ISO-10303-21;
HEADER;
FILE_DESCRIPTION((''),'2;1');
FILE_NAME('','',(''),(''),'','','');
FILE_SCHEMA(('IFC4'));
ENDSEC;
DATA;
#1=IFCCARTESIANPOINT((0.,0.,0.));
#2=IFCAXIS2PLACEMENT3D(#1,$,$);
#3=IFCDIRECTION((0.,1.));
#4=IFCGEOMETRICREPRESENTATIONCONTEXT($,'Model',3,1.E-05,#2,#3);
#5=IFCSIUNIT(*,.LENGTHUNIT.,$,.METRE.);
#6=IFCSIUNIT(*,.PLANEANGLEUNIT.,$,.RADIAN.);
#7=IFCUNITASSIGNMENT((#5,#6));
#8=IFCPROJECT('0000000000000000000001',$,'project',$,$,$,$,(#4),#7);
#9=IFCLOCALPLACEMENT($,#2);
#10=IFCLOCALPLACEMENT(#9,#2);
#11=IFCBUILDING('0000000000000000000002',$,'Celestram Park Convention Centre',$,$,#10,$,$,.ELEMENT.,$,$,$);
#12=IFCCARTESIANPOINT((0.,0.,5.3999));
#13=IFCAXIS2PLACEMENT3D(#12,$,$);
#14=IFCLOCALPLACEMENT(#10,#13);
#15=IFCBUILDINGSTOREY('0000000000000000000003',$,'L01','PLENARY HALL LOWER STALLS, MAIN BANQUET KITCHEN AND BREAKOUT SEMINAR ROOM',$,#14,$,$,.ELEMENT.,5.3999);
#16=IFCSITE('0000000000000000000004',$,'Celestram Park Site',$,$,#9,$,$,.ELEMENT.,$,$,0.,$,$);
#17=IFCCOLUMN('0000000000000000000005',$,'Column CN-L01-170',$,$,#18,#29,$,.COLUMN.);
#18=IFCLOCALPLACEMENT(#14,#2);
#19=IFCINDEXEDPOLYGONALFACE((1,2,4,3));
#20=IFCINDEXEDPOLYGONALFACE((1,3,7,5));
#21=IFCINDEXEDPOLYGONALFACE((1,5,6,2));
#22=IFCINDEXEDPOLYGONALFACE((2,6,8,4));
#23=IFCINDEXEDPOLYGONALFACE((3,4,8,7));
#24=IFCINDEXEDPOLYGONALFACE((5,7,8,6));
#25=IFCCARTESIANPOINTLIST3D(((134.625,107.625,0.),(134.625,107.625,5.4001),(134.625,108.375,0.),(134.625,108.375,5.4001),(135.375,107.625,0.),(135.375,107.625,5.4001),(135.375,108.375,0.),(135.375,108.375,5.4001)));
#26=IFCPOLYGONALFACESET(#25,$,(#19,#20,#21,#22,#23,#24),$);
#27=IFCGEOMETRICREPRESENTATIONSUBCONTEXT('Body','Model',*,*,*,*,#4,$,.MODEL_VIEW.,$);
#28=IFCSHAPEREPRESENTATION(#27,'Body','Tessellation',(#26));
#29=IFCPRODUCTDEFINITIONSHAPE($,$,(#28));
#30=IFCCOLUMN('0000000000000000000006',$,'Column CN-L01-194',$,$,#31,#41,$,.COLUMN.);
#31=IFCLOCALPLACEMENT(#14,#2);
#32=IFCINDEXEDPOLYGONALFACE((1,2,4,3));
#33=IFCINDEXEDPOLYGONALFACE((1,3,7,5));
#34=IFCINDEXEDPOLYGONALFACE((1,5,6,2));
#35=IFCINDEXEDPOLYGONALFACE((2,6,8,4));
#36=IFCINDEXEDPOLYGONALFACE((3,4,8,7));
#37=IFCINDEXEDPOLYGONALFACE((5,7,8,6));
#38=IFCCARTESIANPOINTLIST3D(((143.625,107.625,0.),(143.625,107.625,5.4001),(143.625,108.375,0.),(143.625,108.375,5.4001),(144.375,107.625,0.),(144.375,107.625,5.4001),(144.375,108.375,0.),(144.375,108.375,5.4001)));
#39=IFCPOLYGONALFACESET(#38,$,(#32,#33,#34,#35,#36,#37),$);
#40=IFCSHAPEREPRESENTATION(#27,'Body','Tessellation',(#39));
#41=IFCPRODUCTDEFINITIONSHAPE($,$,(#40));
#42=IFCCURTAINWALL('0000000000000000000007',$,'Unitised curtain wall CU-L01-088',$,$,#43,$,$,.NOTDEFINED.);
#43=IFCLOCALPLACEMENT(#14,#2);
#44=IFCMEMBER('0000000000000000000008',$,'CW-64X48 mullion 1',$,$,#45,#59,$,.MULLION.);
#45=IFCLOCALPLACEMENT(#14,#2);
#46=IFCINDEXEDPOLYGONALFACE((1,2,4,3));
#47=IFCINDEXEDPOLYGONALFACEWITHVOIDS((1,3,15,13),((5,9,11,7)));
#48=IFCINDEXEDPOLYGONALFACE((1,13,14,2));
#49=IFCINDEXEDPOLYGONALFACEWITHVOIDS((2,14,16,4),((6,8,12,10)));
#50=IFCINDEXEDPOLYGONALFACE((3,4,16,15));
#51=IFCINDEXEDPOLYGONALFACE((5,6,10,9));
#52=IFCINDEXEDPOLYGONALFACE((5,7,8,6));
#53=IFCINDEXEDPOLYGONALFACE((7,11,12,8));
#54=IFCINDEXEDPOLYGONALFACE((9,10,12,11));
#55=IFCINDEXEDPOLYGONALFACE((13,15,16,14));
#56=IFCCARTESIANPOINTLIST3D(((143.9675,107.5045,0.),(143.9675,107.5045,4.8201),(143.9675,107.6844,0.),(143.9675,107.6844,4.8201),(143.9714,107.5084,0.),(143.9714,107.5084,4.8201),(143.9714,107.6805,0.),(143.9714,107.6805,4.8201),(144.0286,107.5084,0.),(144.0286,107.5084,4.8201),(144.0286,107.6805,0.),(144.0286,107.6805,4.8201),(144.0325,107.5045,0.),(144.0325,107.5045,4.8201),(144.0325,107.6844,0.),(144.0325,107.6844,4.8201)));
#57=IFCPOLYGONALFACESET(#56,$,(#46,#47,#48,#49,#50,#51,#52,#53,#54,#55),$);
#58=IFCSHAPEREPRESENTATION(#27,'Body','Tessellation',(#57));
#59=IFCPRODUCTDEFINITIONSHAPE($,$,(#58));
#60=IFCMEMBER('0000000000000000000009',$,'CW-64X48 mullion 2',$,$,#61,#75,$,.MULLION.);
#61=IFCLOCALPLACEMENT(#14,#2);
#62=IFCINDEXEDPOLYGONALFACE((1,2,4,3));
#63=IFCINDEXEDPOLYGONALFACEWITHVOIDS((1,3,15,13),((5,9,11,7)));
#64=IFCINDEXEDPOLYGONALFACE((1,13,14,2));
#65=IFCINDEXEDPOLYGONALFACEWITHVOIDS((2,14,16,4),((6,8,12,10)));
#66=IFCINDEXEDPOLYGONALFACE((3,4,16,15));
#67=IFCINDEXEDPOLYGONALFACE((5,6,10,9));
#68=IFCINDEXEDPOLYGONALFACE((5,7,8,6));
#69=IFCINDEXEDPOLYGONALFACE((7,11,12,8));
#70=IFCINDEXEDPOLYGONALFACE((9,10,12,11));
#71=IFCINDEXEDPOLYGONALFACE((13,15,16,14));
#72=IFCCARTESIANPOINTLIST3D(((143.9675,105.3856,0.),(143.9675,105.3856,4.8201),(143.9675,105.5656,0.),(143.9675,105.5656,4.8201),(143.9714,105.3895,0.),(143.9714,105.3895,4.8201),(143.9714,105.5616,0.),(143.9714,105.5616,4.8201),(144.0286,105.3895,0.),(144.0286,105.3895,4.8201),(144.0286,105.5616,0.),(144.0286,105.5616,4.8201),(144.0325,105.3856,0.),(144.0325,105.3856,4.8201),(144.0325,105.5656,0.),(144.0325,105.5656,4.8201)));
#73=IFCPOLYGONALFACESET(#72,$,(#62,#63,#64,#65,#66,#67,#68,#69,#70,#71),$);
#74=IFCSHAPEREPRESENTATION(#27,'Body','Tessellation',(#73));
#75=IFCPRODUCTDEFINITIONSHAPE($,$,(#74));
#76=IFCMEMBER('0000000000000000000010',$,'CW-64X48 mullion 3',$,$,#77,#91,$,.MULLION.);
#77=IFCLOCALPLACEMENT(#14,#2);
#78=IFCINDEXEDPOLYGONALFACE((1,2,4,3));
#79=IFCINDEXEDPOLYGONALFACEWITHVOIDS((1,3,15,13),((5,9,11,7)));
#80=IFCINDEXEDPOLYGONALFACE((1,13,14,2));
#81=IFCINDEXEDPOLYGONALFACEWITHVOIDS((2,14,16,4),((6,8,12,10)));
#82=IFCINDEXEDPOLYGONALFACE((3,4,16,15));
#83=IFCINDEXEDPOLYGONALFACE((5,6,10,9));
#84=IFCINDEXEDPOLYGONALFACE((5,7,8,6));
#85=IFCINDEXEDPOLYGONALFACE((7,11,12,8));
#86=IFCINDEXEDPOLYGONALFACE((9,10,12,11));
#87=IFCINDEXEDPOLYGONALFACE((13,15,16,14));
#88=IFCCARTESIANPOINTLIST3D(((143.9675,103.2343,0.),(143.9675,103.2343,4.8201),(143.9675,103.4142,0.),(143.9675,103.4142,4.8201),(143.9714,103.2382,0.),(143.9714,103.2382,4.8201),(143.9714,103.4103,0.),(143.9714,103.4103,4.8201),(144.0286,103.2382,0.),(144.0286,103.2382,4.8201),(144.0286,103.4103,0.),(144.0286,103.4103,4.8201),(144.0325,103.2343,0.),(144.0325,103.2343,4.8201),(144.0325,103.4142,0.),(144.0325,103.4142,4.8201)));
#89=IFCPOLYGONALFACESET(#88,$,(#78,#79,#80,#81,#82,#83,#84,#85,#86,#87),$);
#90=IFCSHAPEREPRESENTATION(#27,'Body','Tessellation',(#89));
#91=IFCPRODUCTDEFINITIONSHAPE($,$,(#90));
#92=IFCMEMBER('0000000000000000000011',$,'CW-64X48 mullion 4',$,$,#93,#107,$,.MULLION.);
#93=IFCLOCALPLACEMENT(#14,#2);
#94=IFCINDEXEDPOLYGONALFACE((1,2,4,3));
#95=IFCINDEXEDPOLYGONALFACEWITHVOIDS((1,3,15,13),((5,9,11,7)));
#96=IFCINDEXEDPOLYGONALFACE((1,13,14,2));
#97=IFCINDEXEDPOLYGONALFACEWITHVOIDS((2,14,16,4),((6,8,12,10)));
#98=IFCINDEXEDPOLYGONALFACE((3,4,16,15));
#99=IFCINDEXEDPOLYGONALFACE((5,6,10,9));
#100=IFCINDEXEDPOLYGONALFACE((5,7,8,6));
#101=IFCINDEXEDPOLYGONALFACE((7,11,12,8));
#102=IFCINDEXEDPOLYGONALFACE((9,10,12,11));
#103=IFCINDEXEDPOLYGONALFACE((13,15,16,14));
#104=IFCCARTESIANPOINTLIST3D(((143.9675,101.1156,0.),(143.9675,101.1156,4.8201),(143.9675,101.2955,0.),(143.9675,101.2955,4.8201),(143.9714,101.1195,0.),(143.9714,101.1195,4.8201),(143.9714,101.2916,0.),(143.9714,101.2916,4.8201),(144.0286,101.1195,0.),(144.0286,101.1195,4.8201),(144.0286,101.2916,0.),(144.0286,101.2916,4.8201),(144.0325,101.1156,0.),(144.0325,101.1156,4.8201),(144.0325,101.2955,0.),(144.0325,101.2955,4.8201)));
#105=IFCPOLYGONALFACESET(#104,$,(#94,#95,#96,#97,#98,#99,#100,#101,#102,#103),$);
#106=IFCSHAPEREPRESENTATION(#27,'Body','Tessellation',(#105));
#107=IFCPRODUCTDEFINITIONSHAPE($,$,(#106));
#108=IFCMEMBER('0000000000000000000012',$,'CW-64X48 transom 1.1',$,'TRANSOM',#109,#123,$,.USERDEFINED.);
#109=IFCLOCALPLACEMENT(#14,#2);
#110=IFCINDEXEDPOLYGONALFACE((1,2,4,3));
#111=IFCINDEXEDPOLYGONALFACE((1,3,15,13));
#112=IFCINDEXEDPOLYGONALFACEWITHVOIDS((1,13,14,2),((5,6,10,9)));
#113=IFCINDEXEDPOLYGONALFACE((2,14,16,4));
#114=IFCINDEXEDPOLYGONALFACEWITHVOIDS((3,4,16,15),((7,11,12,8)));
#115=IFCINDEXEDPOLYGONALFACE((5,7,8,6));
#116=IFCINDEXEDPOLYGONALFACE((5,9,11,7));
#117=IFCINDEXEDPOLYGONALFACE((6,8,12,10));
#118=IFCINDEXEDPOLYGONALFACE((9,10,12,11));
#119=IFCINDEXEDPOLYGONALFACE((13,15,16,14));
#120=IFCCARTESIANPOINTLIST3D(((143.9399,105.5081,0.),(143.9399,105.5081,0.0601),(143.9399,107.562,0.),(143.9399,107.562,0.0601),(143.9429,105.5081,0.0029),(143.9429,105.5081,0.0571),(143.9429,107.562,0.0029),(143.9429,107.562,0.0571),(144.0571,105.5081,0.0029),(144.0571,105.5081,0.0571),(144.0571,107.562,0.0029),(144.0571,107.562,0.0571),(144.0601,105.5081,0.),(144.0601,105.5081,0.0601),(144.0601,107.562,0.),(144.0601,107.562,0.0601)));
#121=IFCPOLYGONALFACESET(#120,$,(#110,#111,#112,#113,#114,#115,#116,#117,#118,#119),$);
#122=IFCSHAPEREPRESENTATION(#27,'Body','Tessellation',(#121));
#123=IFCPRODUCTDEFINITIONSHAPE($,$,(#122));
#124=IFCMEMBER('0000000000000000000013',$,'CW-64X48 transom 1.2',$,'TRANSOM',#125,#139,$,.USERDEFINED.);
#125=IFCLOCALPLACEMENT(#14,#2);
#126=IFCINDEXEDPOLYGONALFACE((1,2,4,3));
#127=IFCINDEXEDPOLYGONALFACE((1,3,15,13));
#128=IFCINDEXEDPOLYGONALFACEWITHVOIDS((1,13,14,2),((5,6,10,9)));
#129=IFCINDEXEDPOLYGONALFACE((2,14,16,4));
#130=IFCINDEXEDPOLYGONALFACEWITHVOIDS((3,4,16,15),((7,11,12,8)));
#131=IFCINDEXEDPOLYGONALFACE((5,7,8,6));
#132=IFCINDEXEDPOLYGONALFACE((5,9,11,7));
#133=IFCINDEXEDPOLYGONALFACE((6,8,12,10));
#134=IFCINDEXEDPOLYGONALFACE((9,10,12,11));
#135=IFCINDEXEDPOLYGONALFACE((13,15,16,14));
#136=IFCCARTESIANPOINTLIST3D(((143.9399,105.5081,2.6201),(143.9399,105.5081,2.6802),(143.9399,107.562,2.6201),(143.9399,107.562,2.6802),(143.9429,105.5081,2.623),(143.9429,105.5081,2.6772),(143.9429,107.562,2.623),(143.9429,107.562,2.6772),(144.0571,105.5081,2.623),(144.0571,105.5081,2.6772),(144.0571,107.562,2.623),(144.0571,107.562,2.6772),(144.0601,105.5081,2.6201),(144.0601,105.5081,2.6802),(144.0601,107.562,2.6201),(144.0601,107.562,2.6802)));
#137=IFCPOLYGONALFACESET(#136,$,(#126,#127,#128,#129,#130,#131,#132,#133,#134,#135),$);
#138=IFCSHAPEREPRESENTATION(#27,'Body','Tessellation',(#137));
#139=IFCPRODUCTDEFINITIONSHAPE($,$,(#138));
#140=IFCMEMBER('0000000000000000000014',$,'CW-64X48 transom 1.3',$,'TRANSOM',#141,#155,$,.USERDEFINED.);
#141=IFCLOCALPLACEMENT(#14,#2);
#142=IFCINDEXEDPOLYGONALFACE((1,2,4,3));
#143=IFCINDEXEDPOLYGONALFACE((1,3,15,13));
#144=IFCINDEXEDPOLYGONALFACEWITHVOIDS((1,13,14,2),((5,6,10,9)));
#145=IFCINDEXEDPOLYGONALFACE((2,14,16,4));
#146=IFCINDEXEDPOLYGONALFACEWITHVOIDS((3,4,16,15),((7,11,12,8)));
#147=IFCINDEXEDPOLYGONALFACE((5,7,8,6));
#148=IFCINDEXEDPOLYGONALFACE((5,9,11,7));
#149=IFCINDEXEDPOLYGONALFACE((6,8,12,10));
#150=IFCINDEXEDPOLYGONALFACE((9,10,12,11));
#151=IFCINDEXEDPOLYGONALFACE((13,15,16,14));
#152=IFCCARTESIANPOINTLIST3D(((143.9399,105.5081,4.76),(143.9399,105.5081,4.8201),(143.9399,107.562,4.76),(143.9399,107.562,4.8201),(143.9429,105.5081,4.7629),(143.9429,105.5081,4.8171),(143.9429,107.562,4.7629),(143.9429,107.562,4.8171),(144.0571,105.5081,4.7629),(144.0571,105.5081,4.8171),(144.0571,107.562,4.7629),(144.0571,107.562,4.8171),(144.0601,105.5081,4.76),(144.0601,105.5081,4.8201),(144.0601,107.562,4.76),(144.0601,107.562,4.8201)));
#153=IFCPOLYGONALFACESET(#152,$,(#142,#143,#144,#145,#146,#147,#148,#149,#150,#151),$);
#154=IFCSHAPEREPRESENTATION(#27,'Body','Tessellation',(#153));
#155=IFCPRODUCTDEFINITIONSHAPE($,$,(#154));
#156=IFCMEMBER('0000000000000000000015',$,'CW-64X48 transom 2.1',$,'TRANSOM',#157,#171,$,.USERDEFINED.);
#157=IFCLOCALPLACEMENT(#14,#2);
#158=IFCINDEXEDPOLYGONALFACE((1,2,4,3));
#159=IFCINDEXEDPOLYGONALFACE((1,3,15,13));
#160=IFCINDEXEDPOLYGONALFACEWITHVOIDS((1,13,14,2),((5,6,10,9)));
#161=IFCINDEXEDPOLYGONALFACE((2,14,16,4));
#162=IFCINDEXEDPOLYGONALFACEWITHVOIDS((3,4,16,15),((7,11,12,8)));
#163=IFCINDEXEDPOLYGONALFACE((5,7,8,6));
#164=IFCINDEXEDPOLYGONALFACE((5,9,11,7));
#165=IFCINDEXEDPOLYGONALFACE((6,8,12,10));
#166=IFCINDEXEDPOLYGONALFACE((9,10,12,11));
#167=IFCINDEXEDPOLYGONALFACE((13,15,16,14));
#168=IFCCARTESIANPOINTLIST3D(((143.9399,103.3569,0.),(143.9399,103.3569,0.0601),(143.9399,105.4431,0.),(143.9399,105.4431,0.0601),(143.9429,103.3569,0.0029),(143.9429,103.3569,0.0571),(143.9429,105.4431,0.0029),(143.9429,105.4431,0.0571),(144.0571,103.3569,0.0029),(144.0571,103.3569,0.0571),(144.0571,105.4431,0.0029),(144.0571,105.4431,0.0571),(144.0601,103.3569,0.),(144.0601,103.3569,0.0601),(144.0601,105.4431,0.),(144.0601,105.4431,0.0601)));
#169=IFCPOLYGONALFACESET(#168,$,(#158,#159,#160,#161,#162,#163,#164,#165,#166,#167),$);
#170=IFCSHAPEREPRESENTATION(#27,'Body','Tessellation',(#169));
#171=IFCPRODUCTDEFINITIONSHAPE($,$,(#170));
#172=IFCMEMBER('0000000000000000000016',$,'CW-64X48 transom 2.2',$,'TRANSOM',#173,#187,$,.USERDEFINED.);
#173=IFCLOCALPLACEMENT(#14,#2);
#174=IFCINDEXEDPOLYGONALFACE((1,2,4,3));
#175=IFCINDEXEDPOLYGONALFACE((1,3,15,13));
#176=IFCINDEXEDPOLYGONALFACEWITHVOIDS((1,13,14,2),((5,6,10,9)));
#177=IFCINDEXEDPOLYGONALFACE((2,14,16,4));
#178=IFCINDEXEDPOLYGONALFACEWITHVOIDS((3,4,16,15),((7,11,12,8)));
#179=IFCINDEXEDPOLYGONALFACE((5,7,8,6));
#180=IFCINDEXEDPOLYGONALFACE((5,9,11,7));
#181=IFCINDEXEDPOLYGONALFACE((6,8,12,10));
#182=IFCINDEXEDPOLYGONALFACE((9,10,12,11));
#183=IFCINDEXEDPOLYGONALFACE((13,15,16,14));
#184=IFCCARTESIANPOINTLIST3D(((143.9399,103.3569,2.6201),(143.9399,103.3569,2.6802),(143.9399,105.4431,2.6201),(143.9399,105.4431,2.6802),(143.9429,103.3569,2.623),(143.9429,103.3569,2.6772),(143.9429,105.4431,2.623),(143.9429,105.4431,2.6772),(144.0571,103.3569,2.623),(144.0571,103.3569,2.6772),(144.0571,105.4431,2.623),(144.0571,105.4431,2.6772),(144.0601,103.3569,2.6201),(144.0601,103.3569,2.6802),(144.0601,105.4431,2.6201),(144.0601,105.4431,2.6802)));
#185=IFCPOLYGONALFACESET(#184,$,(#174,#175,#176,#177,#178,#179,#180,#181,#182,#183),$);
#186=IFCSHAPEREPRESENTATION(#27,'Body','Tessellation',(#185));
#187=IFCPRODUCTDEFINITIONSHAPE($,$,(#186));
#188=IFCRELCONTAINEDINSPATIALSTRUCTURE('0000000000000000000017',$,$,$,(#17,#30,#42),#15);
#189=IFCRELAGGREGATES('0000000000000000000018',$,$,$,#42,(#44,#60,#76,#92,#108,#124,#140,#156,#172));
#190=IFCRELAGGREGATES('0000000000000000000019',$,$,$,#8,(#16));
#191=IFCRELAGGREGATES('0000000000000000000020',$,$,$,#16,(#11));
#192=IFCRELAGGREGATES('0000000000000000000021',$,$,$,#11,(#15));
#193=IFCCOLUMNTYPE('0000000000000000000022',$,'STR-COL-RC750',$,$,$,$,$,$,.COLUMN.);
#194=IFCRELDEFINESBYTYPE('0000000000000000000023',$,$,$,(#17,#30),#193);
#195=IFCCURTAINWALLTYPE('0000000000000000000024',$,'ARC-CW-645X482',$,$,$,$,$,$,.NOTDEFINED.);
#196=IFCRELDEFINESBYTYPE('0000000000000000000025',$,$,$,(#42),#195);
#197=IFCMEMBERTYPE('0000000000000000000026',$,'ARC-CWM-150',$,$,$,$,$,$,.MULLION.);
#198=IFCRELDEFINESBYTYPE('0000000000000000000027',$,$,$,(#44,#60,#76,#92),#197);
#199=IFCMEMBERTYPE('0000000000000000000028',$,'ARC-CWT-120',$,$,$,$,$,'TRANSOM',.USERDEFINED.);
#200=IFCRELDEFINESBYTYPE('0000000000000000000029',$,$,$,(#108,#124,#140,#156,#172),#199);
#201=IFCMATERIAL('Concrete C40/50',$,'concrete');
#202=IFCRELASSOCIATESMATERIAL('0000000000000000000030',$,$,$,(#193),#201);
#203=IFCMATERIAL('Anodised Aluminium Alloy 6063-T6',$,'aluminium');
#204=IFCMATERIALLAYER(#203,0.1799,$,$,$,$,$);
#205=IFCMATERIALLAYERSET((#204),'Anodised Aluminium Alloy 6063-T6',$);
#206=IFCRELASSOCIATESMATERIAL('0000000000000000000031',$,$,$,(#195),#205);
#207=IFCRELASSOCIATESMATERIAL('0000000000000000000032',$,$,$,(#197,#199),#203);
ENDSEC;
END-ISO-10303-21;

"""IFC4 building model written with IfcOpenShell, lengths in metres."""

from ifc_helpers import new_model, si_unit, direction, frame, origin, origin_2d, place, context, subcontext, project, spatial, rectangle, hollow_rectangle, extrude, material, layer, layer_set, material_profile, profile_set, type_object, element, aggregate, save


model = new_model("IFC4")

# Units and contexts
model_context = context("Model", 3, precision=1e-05, world=origin(), true_north=direction((0.0, 1.0)))
body_context = subcontext(model_context, "Body", "Model", "MODEL_VIEW")
ifc_project = project(units=[si_unit("LENGTHUNIT", "METRE"), si_unit("PLANEANGLEUNIT", "RADIAN")], contexts=[model_context])

# Site, building, storey
site_placement = place(None, origin())
site = spatial("IfcSite", under=ifc_project, at=site_placement, Name="Celestram Park Site", CompositionType="ELEMENT", RefElevation=0.0)
building_placement = place(site_placement, origin())
building = spatial("IfcBuilding", under=site, at=building_placement, Name="Celestram Park Convention Centre", CompositionType="ELEMENT")
storey_placement = place(building_placement, frame((0.0, 0.0, 5.3999)))
storey = spatial("IfcBuildingStorey", under=building, at=storey_placement, Name="L01", Description="PLENARY HALL LOWER STALLS, MAIN BANQUET KITCHEN AND BREAKOUT SEMINAR ROOM", CompositionType="ELEMENT", Elevation=5.3999)

# Columns
ifc_material_1 = material(Name="Concrete C40/50", Category="concrete")
ifc_material_profile_1 = material_profile(ifc_material_1, rectangle(XDim=0.75, YDim=0.75, at=origin_2d()), Name="RC750X750")
ifc_profile_set_1 = profile_set([ifc_material_profile_1], Name="Concrete C40/50")
column_type = type_object("IfcColumnType", Name="STR-COL-RC750", PredefinedType="COLUMN", material=ifc_profile_set_1)
for number, where, z_axis, x_axis, name in (
    (1, (135.0, 108.0, 0.0), (0.0, 0.0, 1.0), (1.0, 0.0, 0.0), "Column CN-L01-170"),
    (2, (144.0, 108.0, 0.0), (0.0, 0.0, 1.0), (1.0, 0.0, 0.0), "Column CN-L01-194"),
):
    element("IfcColumn", number, at=place(storey_placement, frame(where, z_axis=z_axis, x_axis=x_axis)), inside=storey, type_object=column_type, Name=name, PredefinedType="COLUMN", context=body_context, shape_type="SweptSolid", body=[
        extrude(rectangle(XDim=0.75, YDim=0.75, at=origin_2d()), origin(), (0.0, 0.0, 1.0), 5.4001),
    ])

# Curtain wall, members
ifc_material_2 = material(Name="Anodised Aluminium Alloy 6063-T6", Category="aluminium")
ifc_layer_1 = layer(ifc_material_2, 0.1799)
ifc_layer_set_1 = layer_set([ifc_layer_1], Name="Anodised Aluminium Alloy 6063-T6")
curtain_wall_type = type_object("IfcCurtainWallType", Name="ARC-CW-645X482", PredefinedType="NOTDEFINED", material=ifc_layer_set_1)
curtain_wall_placement = place(storey_placement, origin())
curtain_wall = element("IfcCurtainWall", 3, at=curtain_wall_placement, inside=storey, type_object=curtain_wall_type, Name="Unitised curtain wall CU-L01-088", PredefinedType="NOTDEFINED")
ifc_material_profile_2 = material_profile(ifc_material_2, hollow_rectangle(XDim=0.0649, YDim=0.1799, WallThickness=0.0039, at=origin_2d()), Name="ALU65X180X4")
ifc_profile_set_2 = profile_set([ifc_material_profile_2], Name="Anodised Aluminium Alloy 6063-T6")
member_type_1 = type_object("IfcMemberType", Name="ARC-CWM-150", PredefinedType="MULLION", material=ifc_profile_set_2)
member_1_placement = place(storey_placement, frame((144.0, 107.5945, 0.0), z_axis=(0.0, 0.0, 1.0), x_axis=(1.0, 0.0, 0.0)))
member_1 = element("IfcMember", 4, at=member_1_placement, type_object=member_type_1, Name="CW-64X48 mullion 1", PredefinedType="MULLION", context=body_context, shape_type="SweptSolid", body=[
    extrude(hollow_rectangle(XDim=0.0649, YDim=0.1799, WallThickness=0.0039, at=origin_2d()), origin(), (0.0, 0.0, 1.0), 4.8201),
])
member_2_placement = place(storey_placement, frame((144.0, 105.4756, 0.0), z_axis=(0.0, 0.0, 1.0), x_axis=(1.0, 0.0, 0.0)))
member_2 = element("IfcMember", 5, at=member_2_placement, type_object=member_type_1, Name="CW-64X48 mullion 2", PredefinedType="MULLION", context=body_context, shape_type="SweptSolid", body=[
    extrude(hollow_rectangle(XDim=0.0649, YDim=0.1799, WallThickness=0.0039, at=origin_2d()), origin(), (0.0, 0.0, 1.0), 4.8201),
])
member_3_placement = place(storey_placement, frame((144.0, 103.3242, 0.0), z_axis=(0.0, 0.0, 1.0), x_axis=(1.0, 0.0, 0.0)))
member_3 = element("IfcMember", 6, at=member_3_placement, type_object=member_type_1, Name="CW-64X48 mullion 3", PredefinedType="MULLION", context=body_context, shape_type="SweptSolid", body=[
    extrude(hollow_rectangle(XDim=0.0649, YDim=0.1799, WallThickness=0.0039, at=origin_2d()), origin(), (0.0, 0.0, 1.0), 4.8201),
])
member_4_placement = place(storey_placement, frame((144.0, 101.2056, 0.0), z_axis=(0.0, 0.0, 1.0), x_axis=(1.0, 0.0, 0.0)))
member_4 = element("IfcMember", 7, at=member_4_placement, type_object=member_type_1, Name="CW-64X48 mullion 4", PredefinedType="MULLION", context=body_context, shape_type="SweptSolid", body=[
    extrude(hollow_rectangle(XDim=0.0649, YDim=0.1799, WallThickness=0.0039, at=origin_2d()), origin(), (0.0, 0.0, 1.0), 4.8201),
])
ifc_material_profile_3 = material_profile(ifc_material_2, hollow_rectangle(XDim=0.1201, YDim=0.0601, WallThickness=0.0029, at=origin_2d()), Name="ALU120X60X3")
ifc_profile_set_3 = profile_set([ifc_material_profile_3], Name="Anodised Aluminium Alloy 6063-T6")
member_type_2 = type_object("IfcMemberType", Name="ARC-CWT-120", ElementType="TRANSOM", PredefinedType="USERDEFINED", material=ifc_profile_set_3)
member_5_placement = place(storey_placement, frame((144.0, 107.562, 0.03), z_axis=(0.0, -1.0, 0.0), x_axis=(1.0, 0.0, 0.0)))
member_5 = element("IfcMember", 8, at=member_5_placement, type_object=member_type_2, Name="CW-64X48 transom 1.1", ObjectType="TRANSOM", PredefinedType="USERDEFINED", context=body_context, shape_type="SweptSolid", body=[
    extrude(hollow_rectangle(XDim=0.1201, YDim=0.0601, WallThickness=0.0029, at=origin_2d()), origin(), (0.0, 0.0, 1.0), 2.054),
])
member_6_placement = place(storey_placement, frame((144.0, 107.562, 2.6501), z_axis=(0.0, -1.0, 0.0), x_axis=(1.0, 0.0, 0.0)))
member_6 = element("IfcMember", 9, at=member_6_placement, type_object=member_type_2, Name="CW-64X48 transom 1.2", ObjectType="TRANSOM", PredefinedType="USERDEFINED", context=body_context, shape_type="SweptSolid", body=[
    extrude(hollow_rectangle(XDim=0.1201, YDim=0.0601, WallThickness=0.0029, at=origin_2d()), origin(), (0.0, 0.0, 1.0), 2.054),
])
member_7_placement = place(storey_placement, frame((144.0, 107.562, 4.79), z_axis=(0.0, -1.0, 0.0), x_axis=(1.0, 0.0, 0.0)))
member_7 = element("IfcMember", 10, at=member_7_placement, type_object=member_type_2, Name="CW-64X48 transom 1.3", ObjectType="TRANSOM", PredefinedType="USERDEFINED", context=body_context, shape_type="SweptSolid", body=[
    extrude(hollow_rectangle(XDim=0.1201, YDim=0.0601, WallThickness=0.0029, at=origin_2d()), origin(), (0.0, 0.0, 1.0), 2.054),
])
member_8_placement = place(storey_placement, frame((144.0, 105.4431, 0.03), z_axis=(0.0, -1.0, 0.0), x_axis=(1.0, 0.0, 0.0)))
member_8 = element("IfcMember", 11, at=member_8_placement, type_object=member_type_2, Name="CW-64X48 transom 2.1", ObjectType="TRANSOM", PredefinedType="USERDEFINED", context=body_context, shape_type="SweptSolid", body=[
    extrude(hollow_rectangle(XDim=0.1201, YDim=0.0601, WallThickness=0.0029, at=origin_2d()), origin(), (0.0, 0.0, 1.0), 2.0862),
])
member_9_placement = place(storey_placement, frame((144.0, 105.4431, 2.6501), z_axis=(0.0, -1.0, 0.0), x_axis=(1.0, 0.0, 0.0)))
member_9 = element("IfcMember", 12, at=member_9_placement, type_object=member_type_2, Name="CW-64X48 transom 2.2", ObjectType="TRANSOM", PredefinedType="USERDEFINED", context=body_context, shape_type="SweptSolid", body=[
    extrude(hollow_rectangle(XDim=0.1201, YDim=0.0601, WallThickness=0.0029, at=origin_2d()), origin(), (0.0, 0.0, 1.0), 2.0862),
])

aggregate(curtain_wall, [member_1, member_2, member_3, member_4, member_5, member_6, member_7, member_8, member_9])

save(model, "model.ifc")
